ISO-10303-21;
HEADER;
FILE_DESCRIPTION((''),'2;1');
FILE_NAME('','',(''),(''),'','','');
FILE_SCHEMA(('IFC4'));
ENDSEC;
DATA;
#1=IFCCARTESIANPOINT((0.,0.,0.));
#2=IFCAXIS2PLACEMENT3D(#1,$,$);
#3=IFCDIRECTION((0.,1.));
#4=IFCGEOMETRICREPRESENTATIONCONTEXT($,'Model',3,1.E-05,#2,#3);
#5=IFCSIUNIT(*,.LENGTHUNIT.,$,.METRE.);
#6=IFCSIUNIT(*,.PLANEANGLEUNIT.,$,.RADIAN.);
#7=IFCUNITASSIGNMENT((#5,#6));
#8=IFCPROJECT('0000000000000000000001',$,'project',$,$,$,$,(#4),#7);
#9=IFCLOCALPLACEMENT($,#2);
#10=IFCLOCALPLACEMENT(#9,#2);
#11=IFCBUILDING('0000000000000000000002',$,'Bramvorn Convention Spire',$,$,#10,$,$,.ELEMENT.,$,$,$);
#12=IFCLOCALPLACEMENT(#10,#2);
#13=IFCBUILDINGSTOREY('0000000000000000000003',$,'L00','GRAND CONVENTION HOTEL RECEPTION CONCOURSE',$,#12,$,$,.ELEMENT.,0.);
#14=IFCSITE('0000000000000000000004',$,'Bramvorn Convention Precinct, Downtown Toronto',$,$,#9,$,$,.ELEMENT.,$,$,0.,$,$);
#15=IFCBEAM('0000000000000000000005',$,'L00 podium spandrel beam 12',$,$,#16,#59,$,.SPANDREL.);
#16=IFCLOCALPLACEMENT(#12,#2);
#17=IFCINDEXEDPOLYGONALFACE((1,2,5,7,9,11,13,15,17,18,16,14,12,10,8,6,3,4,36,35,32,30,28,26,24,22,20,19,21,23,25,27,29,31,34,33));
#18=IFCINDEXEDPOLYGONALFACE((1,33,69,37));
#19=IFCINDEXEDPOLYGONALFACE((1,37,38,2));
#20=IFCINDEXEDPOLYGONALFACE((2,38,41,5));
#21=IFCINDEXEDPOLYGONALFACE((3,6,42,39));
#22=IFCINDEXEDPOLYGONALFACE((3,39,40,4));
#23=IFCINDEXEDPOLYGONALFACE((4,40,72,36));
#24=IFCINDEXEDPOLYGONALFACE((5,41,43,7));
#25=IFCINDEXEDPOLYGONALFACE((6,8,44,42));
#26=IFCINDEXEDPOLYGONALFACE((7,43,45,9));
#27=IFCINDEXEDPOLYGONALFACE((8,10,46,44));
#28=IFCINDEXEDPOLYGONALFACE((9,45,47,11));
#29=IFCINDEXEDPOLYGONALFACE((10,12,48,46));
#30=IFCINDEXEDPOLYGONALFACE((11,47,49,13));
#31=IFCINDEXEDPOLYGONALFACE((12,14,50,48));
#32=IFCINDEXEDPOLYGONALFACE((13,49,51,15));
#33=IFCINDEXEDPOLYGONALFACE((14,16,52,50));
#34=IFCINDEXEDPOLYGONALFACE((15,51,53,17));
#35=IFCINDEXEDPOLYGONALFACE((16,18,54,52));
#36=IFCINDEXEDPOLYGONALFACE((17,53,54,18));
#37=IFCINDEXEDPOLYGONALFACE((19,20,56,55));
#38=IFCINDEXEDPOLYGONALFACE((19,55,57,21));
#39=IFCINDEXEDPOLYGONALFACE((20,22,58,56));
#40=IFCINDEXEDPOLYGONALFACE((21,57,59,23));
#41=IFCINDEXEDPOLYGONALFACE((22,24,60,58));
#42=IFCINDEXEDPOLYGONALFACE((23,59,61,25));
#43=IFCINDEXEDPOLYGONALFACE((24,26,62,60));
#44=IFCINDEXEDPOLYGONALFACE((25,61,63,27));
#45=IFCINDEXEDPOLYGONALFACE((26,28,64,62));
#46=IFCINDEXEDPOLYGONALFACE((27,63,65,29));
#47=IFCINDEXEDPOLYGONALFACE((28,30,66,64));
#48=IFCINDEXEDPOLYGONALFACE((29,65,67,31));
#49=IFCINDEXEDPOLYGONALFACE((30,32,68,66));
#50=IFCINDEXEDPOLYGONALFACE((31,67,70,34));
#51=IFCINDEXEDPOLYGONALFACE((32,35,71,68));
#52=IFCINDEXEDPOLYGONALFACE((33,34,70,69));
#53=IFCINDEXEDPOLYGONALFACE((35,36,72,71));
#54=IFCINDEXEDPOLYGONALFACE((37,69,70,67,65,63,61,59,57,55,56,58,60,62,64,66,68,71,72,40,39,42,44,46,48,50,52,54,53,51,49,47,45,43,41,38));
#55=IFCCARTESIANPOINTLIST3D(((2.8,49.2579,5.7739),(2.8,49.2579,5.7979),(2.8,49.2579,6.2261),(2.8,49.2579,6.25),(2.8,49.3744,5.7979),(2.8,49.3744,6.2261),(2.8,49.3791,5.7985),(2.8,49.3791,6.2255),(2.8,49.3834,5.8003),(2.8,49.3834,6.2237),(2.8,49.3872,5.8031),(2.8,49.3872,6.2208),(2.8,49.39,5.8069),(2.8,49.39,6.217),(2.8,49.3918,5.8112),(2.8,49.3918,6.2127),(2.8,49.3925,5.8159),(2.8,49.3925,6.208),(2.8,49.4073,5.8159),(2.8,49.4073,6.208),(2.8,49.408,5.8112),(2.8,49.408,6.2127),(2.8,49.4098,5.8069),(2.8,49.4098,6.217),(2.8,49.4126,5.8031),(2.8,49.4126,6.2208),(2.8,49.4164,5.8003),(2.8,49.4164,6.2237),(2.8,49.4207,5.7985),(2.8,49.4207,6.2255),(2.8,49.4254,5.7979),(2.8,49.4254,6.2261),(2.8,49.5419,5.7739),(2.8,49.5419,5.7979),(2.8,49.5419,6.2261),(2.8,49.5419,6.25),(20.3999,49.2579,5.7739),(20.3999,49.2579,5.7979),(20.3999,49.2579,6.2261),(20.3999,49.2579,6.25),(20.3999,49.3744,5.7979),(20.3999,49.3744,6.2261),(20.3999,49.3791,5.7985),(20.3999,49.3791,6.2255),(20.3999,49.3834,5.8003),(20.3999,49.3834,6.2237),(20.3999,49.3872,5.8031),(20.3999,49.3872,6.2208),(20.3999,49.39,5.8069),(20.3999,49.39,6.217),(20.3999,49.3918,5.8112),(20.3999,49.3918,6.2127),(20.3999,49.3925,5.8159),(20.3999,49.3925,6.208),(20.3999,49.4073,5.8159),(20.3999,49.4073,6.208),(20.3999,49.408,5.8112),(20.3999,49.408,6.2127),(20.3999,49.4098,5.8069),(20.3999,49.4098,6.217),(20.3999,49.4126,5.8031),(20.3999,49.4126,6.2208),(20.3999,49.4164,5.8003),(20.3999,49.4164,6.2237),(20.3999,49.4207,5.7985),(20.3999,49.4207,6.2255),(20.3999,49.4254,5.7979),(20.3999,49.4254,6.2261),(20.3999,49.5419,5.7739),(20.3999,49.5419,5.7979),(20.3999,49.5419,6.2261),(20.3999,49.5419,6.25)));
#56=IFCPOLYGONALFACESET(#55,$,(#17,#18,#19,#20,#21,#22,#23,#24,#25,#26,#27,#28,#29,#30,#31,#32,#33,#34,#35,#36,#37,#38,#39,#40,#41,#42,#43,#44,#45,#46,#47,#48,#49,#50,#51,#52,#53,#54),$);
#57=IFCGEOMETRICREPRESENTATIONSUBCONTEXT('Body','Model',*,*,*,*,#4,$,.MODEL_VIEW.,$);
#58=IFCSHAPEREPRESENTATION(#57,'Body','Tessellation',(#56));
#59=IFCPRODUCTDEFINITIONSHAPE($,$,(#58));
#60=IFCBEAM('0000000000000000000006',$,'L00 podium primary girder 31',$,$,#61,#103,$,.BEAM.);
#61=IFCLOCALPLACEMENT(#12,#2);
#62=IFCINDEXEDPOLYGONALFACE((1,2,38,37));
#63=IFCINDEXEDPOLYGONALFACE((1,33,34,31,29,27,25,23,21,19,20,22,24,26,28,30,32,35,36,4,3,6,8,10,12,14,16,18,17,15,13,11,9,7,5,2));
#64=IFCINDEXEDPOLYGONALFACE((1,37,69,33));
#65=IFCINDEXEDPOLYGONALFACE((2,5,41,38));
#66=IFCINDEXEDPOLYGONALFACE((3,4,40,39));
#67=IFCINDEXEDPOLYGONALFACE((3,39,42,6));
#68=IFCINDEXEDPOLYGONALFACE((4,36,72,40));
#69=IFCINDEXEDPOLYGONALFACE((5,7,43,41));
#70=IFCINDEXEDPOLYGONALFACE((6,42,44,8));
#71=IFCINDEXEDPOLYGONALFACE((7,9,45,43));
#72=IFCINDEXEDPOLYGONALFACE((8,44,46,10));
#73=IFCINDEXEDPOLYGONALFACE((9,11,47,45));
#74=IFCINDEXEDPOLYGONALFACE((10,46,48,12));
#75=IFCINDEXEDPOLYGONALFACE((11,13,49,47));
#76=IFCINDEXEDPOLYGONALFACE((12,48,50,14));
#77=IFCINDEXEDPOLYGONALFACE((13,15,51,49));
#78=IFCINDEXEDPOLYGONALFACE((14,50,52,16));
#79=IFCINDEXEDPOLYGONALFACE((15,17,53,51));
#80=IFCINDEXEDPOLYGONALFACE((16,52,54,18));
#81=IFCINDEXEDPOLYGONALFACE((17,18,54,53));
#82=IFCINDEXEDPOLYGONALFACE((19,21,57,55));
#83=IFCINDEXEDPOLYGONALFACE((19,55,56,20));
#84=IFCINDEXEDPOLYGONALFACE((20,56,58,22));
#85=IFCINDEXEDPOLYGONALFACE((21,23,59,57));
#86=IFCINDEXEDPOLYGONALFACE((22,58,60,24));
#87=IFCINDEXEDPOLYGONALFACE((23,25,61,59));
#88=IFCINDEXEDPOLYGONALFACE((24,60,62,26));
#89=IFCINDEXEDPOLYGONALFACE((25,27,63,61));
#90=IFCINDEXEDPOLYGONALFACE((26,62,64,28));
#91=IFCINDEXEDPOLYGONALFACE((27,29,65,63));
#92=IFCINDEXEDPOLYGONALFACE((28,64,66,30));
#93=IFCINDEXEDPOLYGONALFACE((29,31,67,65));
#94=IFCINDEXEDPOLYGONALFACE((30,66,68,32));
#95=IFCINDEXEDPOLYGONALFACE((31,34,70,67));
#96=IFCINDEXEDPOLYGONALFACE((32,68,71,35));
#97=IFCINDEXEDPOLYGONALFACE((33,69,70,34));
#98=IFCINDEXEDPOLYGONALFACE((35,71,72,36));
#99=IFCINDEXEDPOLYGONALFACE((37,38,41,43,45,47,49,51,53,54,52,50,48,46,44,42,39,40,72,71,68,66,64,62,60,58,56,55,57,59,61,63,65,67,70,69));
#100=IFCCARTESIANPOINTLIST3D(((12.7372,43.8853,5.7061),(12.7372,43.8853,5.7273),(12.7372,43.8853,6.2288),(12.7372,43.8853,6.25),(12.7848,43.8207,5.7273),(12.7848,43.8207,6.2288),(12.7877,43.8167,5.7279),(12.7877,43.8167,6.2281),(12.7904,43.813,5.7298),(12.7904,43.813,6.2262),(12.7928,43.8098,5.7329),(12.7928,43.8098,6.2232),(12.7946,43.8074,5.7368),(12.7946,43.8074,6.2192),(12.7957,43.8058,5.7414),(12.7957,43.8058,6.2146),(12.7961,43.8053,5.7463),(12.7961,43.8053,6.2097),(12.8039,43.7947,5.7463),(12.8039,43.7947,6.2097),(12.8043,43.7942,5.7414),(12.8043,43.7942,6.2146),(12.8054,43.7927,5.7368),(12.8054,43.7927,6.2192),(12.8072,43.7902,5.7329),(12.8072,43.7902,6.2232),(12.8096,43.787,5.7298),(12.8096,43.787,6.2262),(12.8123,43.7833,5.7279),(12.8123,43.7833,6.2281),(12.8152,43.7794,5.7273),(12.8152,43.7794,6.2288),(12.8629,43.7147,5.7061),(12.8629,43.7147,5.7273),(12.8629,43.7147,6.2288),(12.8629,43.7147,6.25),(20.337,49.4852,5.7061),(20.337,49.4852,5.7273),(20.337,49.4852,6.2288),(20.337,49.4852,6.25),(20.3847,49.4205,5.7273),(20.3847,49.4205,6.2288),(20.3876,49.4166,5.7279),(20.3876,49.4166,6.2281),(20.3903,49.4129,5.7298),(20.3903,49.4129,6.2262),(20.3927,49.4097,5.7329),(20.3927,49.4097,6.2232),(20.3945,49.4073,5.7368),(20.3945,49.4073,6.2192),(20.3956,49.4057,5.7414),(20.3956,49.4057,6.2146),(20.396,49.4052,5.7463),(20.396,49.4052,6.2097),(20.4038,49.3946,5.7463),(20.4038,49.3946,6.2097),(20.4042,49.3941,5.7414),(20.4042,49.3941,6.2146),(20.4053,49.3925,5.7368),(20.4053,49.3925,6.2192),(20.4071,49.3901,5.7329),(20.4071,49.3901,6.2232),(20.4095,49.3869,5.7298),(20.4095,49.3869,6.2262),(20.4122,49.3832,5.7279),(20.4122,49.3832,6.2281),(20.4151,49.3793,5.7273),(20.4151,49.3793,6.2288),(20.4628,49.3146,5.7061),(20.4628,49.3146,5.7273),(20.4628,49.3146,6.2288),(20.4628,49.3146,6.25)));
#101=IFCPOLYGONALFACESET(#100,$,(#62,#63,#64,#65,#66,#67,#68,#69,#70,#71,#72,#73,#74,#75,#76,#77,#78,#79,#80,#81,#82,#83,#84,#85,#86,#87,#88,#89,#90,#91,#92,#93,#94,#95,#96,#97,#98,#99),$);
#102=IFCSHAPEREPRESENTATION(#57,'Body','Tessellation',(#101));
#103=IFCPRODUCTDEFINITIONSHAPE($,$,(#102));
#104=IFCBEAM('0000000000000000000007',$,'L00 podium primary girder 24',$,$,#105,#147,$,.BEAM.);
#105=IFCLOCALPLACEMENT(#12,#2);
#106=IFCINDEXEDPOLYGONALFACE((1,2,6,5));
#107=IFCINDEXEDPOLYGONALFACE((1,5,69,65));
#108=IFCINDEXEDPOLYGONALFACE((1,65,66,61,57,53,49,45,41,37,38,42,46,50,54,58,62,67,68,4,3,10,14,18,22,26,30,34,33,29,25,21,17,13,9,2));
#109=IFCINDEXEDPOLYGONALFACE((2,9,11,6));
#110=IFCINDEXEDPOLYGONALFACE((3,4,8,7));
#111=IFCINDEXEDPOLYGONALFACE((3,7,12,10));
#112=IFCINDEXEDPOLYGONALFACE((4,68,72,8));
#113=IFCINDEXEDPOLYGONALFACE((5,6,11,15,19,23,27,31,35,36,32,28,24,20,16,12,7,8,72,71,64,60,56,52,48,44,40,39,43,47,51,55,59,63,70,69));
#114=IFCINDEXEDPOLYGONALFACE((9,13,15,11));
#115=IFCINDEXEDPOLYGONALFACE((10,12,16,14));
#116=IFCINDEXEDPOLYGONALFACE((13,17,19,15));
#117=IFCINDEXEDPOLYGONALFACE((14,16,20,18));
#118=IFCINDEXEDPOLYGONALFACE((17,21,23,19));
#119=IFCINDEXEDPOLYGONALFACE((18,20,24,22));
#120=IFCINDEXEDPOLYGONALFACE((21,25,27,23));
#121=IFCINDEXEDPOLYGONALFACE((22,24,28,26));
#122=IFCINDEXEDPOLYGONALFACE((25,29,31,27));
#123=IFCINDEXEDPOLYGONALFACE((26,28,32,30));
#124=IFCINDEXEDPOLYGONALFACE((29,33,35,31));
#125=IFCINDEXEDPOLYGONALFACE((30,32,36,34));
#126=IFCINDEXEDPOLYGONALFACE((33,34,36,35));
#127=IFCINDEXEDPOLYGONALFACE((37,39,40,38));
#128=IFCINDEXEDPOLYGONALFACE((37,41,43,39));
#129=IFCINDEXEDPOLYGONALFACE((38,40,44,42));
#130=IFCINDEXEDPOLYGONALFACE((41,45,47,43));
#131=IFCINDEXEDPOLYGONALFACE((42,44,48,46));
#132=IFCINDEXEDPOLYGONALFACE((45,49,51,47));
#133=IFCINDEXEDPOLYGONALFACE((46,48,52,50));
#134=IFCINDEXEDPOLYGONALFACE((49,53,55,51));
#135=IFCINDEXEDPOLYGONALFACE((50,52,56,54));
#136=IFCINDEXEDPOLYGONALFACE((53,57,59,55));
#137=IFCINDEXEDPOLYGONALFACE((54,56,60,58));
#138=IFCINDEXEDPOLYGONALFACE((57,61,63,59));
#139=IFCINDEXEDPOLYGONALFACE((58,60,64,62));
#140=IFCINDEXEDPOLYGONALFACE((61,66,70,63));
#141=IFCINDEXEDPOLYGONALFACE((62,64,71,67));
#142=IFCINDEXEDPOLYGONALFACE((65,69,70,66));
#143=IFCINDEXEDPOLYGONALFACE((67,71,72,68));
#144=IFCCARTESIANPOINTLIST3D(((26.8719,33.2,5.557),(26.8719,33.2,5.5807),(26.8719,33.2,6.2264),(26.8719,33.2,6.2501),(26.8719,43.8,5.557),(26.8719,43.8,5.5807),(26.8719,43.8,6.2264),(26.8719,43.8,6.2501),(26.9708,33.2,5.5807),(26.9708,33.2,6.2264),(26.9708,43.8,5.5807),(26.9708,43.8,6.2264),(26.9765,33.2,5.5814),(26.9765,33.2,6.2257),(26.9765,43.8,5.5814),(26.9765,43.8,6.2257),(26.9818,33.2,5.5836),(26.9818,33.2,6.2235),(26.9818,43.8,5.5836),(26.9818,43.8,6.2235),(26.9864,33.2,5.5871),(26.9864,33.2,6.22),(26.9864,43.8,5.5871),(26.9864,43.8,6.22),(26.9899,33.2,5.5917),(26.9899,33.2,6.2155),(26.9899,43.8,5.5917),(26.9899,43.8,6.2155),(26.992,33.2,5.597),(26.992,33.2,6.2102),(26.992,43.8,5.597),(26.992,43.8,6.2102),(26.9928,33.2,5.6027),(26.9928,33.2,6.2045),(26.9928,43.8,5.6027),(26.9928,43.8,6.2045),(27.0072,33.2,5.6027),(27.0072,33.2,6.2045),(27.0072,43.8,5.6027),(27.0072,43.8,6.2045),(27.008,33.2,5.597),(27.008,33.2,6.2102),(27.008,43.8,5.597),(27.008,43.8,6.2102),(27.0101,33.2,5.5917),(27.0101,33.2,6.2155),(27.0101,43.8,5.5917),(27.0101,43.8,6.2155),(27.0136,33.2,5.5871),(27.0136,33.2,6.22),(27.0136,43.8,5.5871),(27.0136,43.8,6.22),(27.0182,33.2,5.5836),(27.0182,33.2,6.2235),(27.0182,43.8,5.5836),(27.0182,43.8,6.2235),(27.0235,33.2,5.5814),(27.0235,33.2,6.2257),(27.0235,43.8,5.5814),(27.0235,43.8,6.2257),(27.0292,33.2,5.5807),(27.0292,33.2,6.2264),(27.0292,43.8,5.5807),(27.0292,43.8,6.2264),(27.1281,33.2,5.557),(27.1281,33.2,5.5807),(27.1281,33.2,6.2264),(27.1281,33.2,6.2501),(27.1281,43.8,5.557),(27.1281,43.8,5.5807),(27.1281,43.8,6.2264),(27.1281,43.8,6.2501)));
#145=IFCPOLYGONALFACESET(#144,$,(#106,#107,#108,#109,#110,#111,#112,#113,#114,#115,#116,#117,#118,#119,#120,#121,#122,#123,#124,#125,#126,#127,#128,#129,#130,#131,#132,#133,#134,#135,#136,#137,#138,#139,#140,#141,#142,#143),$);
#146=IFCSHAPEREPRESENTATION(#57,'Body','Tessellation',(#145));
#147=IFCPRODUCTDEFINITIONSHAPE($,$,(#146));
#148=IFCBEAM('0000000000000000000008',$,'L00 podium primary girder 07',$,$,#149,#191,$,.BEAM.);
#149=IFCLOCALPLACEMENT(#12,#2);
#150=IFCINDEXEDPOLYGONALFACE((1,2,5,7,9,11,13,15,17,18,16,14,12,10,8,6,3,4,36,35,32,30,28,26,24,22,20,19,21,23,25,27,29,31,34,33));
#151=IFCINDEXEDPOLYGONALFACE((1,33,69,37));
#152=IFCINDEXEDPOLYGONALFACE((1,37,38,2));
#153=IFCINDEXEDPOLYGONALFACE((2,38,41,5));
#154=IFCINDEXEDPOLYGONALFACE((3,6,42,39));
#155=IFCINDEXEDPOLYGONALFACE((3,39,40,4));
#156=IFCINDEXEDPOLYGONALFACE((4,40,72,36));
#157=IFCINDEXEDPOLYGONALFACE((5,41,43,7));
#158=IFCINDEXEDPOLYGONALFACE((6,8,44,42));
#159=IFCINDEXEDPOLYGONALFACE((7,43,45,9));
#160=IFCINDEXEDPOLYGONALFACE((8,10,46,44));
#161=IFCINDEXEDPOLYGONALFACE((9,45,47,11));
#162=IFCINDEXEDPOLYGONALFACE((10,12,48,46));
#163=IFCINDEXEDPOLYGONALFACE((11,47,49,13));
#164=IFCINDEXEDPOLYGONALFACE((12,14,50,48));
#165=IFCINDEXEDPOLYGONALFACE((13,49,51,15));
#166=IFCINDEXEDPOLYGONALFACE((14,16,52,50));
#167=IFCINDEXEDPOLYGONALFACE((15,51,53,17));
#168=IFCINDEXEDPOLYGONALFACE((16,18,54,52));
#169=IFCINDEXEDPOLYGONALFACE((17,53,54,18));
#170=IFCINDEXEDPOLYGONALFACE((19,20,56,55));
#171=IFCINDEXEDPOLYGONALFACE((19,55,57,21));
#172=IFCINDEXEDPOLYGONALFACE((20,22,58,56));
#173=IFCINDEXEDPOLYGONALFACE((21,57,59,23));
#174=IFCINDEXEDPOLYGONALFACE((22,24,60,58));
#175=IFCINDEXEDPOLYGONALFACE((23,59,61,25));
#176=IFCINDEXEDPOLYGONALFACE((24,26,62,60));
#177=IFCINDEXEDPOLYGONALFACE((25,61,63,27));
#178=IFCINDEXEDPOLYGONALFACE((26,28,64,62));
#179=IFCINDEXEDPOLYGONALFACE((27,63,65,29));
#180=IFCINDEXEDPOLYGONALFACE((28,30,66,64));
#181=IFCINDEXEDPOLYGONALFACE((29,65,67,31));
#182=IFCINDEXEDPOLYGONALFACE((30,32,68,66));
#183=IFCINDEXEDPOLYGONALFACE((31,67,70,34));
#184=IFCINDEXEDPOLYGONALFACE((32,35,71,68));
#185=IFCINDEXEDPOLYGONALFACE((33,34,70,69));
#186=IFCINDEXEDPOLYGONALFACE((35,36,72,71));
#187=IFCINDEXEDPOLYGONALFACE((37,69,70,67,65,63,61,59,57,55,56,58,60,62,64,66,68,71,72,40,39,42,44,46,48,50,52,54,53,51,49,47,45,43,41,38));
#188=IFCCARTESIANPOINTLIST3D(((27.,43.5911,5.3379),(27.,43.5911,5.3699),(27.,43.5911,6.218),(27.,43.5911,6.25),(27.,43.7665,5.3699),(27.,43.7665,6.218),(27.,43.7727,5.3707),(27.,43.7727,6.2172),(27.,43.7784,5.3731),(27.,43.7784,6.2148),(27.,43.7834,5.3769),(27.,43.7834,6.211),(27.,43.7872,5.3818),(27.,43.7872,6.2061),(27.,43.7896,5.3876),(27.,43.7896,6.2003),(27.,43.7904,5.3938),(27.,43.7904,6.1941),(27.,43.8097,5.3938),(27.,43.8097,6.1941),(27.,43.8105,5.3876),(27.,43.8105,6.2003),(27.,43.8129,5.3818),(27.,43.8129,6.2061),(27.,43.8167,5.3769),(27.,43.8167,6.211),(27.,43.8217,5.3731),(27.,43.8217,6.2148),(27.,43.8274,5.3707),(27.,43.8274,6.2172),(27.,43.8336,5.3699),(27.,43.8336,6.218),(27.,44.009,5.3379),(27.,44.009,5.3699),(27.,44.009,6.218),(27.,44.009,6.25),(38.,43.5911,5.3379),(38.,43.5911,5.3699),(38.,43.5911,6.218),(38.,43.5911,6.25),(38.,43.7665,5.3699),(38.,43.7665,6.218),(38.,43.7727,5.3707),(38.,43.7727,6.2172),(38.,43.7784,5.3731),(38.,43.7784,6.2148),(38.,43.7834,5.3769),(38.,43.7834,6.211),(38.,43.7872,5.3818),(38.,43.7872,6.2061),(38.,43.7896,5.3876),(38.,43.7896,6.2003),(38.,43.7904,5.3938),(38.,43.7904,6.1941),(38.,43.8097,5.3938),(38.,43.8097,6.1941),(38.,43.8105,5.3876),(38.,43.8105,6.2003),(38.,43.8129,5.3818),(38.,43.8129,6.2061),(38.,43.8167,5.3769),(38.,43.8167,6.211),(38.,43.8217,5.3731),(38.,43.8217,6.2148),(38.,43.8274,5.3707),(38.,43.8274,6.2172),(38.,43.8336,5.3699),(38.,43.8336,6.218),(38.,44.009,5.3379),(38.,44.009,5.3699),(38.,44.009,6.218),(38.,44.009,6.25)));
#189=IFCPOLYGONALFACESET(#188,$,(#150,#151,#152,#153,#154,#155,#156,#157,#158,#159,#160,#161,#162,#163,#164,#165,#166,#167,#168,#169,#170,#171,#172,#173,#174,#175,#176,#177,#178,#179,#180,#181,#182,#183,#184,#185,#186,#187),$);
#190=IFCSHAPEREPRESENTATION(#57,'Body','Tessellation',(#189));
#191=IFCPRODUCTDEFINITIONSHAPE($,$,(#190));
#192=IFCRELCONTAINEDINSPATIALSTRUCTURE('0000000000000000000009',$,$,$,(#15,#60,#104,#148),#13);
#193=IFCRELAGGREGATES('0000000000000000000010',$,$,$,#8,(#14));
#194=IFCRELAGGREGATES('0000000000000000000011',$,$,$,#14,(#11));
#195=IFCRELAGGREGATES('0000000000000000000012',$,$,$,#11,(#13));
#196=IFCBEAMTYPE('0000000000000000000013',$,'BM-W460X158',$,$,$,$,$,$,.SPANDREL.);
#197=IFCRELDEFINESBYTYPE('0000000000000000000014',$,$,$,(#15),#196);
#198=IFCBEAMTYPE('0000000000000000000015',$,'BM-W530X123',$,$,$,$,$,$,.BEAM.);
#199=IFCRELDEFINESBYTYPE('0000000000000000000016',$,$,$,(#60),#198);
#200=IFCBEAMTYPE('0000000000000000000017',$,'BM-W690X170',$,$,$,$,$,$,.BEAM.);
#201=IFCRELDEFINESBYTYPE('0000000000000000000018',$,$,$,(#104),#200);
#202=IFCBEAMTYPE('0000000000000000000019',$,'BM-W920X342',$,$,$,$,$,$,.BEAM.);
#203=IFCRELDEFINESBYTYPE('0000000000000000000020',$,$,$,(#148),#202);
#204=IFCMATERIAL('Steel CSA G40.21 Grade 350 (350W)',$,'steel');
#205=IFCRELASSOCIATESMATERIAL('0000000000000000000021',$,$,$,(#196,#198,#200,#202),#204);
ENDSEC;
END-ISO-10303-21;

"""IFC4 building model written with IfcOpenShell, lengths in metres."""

from ifc_helpers import new_model, si_unit, direction, frame, origin, origin_2d, place, context, subcontext, project, spatial, i_section, extrude, material, material_profile, profile_set, type_object, element, save


model = new_model("IFC4")

# Units and contexts
model_context = context("Model", 3, precision=1e-05, world=origin(), true_north=direction((0.0, 1.0)))
body_context = subcontext(model_context, "Body", "Model", "MODEL_VIEW")
ifc_project = project(units=[si_unit("LENGTHUNIT", "METRE"), si_unit("PLANEANGLEUNIT", "RADIAN")], contexts=[model_context])

# Site, building, storey
site_placement = place(None, origin())
site = spatial("IfcSite", under=ifc_project, at=site_placement, Name="Bramvorn Convention Precinct, Downtown Toronto", CompositionType="ELEMENT", RefElevation=0.0)
building_placement = place(site_placement, origin())
building = spatial("IfcBuilding", under=site, at=building_placement, Name="Bramvorn Convention Spire", CompositionType="ELEMENT")
storey_placement = place(building_placement, origin())
storey = spatial("IfcBuildingStorey", under=building, at=storey_placement, Name="L00", Description="GRAND CONVENTION HOTEL RECEPTION CONCOURSE", CompositionType="ELEMENT", Elevation=0.0)

# Shared definitions
ifc_material_1 = material(Name="Steel CSA G40.21 Grade 350 (350W)", Category="steel")

# Beams
ifc_material_profile_1 = material_profile(ifc_material_1, i_section(OverallWidth=0.2839, OverallDepth=0.4761, WebThickness=0.0149, FlangeThickness=0.0239, FilletRadius=0.0181, at=origin_2d()))
ifc_profile_set_1 = profile_set([ifc_material_profile_1], Name="Steel CSA G40.21 Grade 350 (350W) - W460X158")
beam_type_1 = type_object("IfcBeamType", Name="BM-W460X158", PredefinedType="SPANDREL", material=ifc_profile_set_1)
beam_1_placement = place(storey_placement, frame((20.3999, 49.3999, 6.012), z_axis=(-1.0, 0.0, 0.0), x_axis=(0.0, -1.0, 0.0)))
element("IfcBeam", 1, at=beam_1_placement, inside=storey, type_object=beam_type_1, Name="L00 podium spandrel beam 12", PredefinedType="SPANDREL", context=body_context, shape_type="SweptSolid", body=[
    extrude(i_section(OverallWidth=0.2839, OverallDepth=0.4761, WebThickness=0.0149, FlangeThickness=0.0239, FilletRadius=0.0181, at=origin_2d()), origin(), (0.0, 0.0, 1.0), 17.5999),
])
ifc_material_profile_2 = material_profile(ifc_material_1, i_section(OverallWidth=0.2119, OverallDepth=0.5439, WebThickness=0.0132, FlangeThickness=0.0212, FilletRadius=0.019, at=origin_2d()))
ifc_profile_set_2 = profile_set([ifc_material_profile_2], Name="Steel CSA G40.21 Grade 350 (350W) - W530X123")
beam_type_2 = type_object("IfcBeamType", Name="BM-W530X123", PredefinedType="BEAM", material=ifc_profile_set_2)
beam_2_placement = place(storey_placement, frame((20.3999, 49.3999, 5.978), z_axis=(-0.805058, -0.593196, 0.0), x_axis=(0.593196, -0.805058, 0.0)))
element("IfcBeam", 2, at=beam_2_placement, inside=storey, type_object=beam_type_2, Name="L00 podium primary girder 31", PredefinedType="BEAM", context=body_context, shape_type="SweptSolid", body=[
    extrude(i_section(OverallWidth=0.2119, OverallDepth=0.5439, WebThickness=0.0132, FlangeThickness=0.0212, FilletRadius=0.019, at=origin_2d()), origin(), (0.0, 0.0, 1.0), 9.4402),
])
ifc_material_profile_3 = material_profile(ifc_material_1, i_section(OverallWidth=0.2561, OverallDepth=0.6931, WebThickness=0.0144, FlangeThickness=0.0237, FilletRadius=0.022, at=origin_2d()))
ifc_profile_set_3 = profile_set([ifc_material_profile_3], Name="Steel CSA G40.21 Grade 350 (350W) - W690X170")
beam_type_3 = type_object("IfcBeamType", Name="BM-W690X170", PredefinedType="BEAM", material=ifc_profile_set_3)
beam_3_placement = place(storey_placement, frame((27.0, 33.2, 5.9036), z_axis=(0.0, 1.0, 0.0), x_axis=(-1.0, 0.0, 0.0)))
element("IfcBeam", 3, at=beam_3_placement, inside=storey, type_object=beam_type_3, Name="L00 podium primary girder 24", PredefinedType="BEAM", context=body_context, shape_type="SweptSolid", body=[
    extrude(i_section(OverallWidth=0.2561, OverallDepth=0.6931, WebThickness=0.0144, FlangeThickness=0.0237, FilletRadius=0.022, at=origin_2d()), origin(), (0.0, 0.0, 1.0), 10.6001),
])
ifc_material_profile_4 = material_profile(ifc_material_1, i_section(OverallWidth=0.418, OverallDepth=0.9121, WebThickness=0.0193, FlangeThickness=0.032, FilletRadius=0.0239, at=origin_2d()))
ifc_profile_set_4 = profile_set([ifc_material_profile_4], Name="Steel CSA G40.21 Grade 350 (350W) - W920X342")
beam_type_4 = type_object("IfcBeamType", Name="BM-W920X342", PredefinedType="BEAM", material=ifc_profile_set_4)
beam_4_placement = place(storey_placement, frame((27.0, 43.8, 5.7939), z_axis=(1.0, 0.0, 0.0), x_axis=(0.0, 1.0, 0.0)))
element("IfcBeam", 4, at=beam_4_placement, inside=storey, type_object=beam_type_4, Name="L00 podium primary girder 07", PredefinedType="BEAM", context=body_context, shape_type="SweptSolid", body=[
    extrude(i_section(OverallWidth=0.418, OverallDepth=0.9121, WebThickness=0.0193, FlangeThickness=0.032, FilletRadius=0.0239, at=origin_2d()), origin(), (0.0, 0.0, 1.0), 11.0),
])

save(model, "model.ifc")
